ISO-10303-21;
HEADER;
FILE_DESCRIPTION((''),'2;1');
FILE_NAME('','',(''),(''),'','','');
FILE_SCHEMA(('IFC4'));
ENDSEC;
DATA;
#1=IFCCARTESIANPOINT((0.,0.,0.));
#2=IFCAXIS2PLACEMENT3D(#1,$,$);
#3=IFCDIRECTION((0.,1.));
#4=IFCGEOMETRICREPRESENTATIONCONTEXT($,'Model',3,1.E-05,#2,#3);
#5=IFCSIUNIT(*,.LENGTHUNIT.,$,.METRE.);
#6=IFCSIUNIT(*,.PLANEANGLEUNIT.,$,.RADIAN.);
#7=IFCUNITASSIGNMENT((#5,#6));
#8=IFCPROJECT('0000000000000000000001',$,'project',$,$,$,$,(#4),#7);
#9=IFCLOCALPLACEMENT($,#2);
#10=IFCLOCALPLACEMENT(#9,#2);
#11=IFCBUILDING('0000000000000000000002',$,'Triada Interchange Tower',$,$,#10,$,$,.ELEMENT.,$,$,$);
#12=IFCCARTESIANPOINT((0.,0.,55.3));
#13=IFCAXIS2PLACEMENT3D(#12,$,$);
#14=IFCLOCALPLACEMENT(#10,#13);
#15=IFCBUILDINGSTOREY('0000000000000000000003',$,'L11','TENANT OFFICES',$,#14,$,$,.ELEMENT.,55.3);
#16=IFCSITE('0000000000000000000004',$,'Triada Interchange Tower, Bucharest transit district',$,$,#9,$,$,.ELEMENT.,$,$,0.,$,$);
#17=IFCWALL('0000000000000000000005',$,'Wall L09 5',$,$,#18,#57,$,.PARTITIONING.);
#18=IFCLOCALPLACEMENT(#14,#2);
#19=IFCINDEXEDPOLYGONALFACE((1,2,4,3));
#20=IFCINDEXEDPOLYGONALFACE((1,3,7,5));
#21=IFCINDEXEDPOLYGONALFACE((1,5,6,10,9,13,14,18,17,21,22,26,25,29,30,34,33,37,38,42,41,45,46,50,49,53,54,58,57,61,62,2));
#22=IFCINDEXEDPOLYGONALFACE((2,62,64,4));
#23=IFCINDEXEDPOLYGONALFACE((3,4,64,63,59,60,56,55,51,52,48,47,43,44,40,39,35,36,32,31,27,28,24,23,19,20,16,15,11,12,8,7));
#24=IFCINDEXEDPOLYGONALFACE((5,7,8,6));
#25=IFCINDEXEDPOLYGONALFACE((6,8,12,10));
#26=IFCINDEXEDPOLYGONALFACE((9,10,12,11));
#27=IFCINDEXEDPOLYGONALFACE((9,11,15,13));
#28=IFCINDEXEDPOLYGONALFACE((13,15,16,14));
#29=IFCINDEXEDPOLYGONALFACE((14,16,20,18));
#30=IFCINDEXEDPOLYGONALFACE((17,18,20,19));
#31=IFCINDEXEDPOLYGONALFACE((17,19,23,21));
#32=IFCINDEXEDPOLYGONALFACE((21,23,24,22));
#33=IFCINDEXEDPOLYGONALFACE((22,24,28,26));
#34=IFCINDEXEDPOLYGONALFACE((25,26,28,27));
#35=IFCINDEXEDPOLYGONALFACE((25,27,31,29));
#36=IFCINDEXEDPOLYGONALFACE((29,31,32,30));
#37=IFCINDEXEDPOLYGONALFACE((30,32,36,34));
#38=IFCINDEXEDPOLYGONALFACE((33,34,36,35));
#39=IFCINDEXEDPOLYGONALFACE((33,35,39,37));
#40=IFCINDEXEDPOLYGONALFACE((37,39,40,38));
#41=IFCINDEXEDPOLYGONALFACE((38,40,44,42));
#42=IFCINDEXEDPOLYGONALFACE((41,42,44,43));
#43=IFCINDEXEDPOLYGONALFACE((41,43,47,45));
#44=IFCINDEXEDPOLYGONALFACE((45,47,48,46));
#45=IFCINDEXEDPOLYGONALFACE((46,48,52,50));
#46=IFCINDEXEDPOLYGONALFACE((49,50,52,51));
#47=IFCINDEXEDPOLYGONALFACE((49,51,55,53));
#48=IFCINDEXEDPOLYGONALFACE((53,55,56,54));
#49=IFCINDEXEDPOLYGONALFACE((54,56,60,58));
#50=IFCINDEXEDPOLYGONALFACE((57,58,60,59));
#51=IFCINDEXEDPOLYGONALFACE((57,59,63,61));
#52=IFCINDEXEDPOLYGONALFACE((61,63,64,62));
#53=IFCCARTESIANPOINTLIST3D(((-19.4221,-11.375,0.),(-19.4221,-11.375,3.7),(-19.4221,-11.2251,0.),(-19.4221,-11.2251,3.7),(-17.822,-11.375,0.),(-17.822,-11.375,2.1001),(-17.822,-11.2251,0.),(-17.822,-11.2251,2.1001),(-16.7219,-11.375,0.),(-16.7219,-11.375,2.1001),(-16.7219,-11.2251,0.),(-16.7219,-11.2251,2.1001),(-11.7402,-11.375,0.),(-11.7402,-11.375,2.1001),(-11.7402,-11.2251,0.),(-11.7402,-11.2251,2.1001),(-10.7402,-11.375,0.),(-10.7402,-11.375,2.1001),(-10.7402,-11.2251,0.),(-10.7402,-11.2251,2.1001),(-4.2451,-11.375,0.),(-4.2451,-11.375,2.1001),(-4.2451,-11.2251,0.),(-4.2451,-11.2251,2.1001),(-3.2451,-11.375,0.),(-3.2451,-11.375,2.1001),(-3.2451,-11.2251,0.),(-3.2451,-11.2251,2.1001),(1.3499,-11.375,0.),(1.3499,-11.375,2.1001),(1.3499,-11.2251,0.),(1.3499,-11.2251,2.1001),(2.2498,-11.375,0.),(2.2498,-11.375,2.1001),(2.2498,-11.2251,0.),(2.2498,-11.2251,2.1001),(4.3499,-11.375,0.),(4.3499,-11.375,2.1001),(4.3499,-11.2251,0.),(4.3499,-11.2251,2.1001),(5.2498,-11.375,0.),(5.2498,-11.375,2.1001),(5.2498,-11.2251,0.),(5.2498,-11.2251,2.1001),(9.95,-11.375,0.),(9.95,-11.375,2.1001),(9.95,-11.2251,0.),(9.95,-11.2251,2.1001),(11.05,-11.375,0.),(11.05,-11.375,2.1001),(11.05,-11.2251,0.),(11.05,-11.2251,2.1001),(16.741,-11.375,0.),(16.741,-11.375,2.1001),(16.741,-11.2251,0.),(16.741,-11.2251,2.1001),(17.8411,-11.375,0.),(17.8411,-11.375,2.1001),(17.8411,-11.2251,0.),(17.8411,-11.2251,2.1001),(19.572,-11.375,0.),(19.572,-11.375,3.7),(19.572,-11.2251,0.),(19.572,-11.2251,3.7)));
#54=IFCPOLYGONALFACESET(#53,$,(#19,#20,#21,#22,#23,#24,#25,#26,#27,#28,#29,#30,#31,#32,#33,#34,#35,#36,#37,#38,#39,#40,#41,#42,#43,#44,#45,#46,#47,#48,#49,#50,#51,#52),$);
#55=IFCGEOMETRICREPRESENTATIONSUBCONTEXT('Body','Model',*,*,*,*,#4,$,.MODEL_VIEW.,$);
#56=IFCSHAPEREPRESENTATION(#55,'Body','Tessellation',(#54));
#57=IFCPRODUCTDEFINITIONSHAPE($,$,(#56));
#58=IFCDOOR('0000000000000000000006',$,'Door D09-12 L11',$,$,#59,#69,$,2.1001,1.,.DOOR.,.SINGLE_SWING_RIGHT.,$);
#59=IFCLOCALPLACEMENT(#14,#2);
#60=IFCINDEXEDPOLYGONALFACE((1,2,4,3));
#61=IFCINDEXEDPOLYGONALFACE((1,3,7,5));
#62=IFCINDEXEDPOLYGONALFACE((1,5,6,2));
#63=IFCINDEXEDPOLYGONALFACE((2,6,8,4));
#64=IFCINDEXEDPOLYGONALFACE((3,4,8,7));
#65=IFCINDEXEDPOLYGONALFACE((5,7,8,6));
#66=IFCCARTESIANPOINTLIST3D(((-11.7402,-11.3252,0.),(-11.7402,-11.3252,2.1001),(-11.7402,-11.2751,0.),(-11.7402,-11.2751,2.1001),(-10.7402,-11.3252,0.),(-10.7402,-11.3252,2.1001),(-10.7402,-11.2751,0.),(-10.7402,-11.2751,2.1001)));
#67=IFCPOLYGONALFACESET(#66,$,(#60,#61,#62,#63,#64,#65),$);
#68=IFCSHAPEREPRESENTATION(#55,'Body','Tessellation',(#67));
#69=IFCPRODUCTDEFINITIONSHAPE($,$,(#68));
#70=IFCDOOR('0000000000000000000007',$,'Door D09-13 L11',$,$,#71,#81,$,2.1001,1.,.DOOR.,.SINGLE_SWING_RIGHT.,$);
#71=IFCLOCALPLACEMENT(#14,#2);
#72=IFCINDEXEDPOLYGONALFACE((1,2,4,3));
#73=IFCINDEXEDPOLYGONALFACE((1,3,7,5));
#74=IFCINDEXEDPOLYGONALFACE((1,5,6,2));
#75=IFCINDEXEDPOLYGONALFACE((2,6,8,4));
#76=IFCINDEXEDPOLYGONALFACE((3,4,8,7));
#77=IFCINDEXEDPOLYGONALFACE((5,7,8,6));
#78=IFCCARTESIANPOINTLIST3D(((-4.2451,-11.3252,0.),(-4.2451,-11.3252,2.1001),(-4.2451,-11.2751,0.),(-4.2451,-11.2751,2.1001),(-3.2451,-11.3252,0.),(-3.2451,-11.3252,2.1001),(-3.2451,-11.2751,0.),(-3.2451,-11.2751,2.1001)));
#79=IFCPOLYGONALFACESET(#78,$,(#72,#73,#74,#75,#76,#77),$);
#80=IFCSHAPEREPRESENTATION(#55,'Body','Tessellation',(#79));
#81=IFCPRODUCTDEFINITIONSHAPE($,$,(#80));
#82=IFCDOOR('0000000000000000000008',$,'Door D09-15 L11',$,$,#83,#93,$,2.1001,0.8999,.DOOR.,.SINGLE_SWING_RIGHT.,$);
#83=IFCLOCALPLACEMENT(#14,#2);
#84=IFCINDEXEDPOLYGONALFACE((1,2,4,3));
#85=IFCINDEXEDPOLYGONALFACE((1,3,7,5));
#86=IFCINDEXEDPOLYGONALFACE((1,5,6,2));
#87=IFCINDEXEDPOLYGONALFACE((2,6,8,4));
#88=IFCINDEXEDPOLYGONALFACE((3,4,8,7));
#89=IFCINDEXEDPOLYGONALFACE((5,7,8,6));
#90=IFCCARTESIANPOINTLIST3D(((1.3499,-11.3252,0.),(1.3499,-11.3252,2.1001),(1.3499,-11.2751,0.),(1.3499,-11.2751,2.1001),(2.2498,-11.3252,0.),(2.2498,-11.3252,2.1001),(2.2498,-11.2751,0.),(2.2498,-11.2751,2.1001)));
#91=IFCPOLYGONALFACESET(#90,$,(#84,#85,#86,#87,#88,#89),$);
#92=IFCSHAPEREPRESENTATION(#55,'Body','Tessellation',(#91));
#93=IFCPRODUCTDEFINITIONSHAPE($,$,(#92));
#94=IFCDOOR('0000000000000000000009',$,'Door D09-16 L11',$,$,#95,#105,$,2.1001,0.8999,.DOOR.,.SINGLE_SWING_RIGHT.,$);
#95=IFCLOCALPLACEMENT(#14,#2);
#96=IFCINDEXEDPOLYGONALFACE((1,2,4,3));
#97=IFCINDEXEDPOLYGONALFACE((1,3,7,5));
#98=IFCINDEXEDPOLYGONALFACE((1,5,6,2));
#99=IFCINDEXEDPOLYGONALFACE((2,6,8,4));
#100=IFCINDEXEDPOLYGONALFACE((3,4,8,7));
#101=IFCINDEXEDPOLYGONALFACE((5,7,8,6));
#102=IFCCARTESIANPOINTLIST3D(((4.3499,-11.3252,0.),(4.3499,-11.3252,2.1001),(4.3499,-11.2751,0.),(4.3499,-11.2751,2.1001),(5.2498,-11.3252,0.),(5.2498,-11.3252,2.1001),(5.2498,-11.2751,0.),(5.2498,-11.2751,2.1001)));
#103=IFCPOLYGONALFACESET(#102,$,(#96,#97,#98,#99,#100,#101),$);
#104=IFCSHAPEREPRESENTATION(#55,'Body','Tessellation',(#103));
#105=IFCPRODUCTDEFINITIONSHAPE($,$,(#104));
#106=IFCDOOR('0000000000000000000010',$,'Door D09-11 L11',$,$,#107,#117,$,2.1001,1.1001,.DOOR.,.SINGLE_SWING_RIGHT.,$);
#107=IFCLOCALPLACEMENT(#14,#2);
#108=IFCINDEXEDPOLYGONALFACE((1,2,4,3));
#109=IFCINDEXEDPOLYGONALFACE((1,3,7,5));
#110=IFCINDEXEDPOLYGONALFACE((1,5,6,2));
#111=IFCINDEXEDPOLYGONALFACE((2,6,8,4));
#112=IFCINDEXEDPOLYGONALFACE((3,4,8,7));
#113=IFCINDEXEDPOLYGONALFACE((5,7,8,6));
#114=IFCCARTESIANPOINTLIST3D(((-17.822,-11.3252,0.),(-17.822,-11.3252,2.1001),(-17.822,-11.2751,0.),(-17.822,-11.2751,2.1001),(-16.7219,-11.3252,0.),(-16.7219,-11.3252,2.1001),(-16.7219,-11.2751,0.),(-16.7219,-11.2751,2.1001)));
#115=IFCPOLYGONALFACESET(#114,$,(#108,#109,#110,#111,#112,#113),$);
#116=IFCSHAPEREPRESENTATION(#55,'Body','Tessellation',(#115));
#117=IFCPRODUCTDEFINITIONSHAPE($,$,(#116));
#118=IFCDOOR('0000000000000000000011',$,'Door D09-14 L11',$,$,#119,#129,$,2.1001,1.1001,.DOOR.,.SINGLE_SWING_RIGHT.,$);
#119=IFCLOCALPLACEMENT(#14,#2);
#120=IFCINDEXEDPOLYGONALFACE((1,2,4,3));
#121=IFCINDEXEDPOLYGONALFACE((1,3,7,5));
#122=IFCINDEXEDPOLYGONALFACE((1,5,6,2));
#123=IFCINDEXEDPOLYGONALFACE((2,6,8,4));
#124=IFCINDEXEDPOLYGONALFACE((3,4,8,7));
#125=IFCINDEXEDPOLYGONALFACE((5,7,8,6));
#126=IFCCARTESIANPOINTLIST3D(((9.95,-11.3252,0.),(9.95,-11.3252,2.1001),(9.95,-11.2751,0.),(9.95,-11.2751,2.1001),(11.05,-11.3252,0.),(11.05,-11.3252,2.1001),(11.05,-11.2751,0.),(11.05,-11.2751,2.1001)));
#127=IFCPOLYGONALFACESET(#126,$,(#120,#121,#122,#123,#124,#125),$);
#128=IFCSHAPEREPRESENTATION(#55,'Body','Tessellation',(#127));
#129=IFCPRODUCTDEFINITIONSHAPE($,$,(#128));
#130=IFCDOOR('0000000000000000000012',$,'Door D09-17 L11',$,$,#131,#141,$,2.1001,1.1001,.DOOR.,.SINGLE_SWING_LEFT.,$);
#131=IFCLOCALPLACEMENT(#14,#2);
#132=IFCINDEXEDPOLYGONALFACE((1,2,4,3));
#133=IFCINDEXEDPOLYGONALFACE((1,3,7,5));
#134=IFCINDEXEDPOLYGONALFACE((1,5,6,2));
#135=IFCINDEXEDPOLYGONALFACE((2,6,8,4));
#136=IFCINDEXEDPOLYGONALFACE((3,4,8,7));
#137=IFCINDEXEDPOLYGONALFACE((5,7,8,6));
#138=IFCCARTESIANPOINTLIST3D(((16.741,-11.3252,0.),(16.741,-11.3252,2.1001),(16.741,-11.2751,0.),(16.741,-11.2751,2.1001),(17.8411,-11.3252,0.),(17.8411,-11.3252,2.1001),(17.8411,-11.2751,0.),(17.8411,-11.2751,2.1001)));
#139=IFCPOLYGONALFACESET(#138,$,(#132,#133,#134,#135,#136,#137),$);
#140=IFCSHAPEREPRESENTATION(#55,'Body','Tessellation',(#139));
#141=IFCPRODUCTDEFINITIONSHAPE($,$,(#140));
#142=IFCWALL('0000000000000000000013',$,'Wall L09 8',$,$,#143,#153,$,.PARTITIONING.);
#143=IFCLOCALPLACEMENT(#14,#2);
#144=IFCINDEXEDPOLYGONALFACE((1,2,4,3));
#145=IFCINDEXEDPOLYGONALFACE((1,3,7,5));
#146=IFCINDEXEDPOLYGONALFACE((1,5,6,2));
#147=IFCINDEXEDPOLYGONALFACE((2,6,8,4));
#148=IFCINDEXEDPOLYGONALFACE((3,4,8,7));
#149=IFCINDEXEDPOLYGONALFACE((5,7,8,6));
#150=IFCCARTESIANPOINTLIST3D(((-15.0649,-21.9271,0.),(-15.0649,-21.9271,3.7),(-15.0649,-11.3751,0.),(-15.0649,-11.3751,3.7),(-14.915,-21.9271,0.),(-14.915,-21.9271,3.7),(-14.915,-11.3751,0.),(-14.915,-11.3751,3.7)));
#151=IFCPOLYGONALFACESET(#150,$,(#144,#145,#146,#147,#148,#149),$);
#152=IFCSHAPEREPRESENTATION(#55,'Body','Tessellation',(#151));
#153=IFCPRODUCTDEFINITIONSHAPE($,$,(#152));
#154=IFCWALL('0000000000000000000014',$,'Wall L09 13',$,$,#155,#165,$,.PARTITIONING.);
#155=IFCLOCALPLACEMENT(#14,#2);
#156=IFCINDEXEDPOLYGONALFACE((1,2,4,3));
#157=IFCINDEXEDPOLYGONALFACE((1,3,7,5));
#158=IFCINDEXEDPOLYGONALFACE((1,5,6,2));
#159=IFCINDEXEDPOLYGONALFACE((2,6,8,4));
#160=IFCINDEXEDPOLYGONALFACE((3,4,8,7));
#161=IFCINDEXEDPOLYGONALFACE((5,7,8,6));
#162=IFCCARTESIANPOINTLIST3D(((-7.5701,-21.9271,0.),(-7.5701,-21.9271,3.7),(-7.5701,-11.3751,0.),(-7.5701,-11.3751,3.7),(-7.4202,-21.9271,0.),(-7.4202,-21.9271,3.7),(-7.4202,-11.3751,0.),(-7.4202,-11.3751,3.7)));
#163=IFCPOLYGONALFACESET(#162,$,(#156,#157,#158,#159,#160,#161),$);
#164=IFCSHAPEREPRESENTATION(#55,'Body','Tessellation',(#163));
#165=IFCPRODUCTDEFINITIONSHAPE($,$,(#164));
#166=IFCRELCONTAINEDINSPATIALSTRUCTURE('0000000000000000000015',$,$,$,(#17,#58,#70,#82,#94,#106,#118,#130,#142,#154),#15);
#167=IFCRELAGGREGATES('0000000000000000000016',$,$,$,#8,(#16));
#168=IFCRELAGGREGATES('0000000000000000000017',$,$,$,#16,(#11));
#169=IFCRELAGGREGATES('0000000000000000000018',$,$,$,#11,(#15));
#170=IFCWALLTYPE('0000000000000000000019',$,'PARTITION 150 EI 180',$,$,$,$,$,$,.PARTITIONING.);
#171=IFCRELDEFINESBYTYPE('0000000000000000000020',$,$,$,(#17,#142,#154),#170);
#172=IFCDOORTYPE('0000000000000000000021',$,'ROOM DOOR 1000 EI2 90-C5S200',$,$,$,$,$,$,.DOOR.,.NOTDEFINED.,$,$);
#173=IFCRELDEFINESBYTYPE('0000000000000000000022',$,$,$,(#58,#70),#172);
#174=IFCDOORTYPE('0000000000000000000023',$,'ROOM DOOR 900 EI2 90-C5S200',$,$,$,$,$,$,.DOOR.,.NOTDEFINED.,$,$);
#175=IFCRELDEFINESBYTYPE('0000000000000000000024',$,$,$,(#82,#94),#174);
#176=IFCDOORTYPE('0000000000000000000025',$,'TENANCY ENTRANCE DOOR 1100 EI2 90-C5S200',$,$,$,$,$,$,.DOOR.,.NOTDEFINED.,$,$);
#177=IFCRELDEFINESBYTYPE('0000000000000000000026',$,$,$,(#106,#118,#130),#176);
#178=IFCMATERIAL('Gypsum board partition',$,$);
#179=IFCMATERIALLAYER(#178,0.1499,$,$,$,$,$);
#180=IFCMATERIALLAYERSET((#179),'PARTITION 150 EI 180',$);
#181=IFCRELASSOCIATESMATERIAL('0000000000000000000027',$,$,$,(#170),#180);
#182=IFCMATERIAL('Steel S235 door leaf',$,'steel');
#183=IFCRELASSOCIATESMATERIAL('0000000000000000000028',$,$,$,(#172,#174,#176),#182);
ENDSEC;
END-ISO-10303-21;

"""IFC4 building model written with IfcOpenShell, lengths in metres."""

from ifc_helpers import new_model, si_unit, direction, frame, frame_2d, origin, place, context, subcontext, project, spatial, rectangle, extrude, material, layer, layer_set, type_object, element, fill, save


model = new_model("IFC4")

# Units and contexts
model_context = context("Model", 3, precision=1e-05, world=origin(), true_north=direction((0.0, 1.0)))
body_context = subcontext(model_context, "Body", "Model", "MODEL_VIEW")
ifc_project = project(units=[si_unit("LENGTHUNIT", "METRE"), si_unit("PLANEANGLEUNIT", "RADIAN")], contexts=[model_context])

# Site, building, storey
site_placement = place(None, origin())
site = spatial("IfcSite", under=ifc_project, at=site_placement, Name="Triada Interchange Tower, Bucharest transit district", CompositionType="ELEMENT", RefElevation=0.0)
building_placement = place(site_placement, origin())
building = spatial("IfcBuilding", under=site, at=building_placement, Name="Triada Interchange Tower", CompositionType="ELEMENT")
storey_placement = place(building_placement, frame((0.0, 0.0, 55.3)))
storey = spatial("IfcBuildingStorey", under=building, at=storey_placement, Name="L11", Description="TENANT OFFICES", CompositionType="ELEMENT", Elevation=55.3)

# Wall, openings, doors
ifc_material_1 = material(Name="Steel S235 door leaf", Category="steel")
ifc_material_2 = material(Name="Gypsum board partition")
ifc_layer_1 = layer(ifc_material_2, 0.1499)
ifc_layer_set_1 = layer_set([ifc_layer_1], Name="PARTITION 150 EI 180")
wall_type_1 = type_object("IfcWallType", Name="PARTITION 150 EI 180", PredefinedType="PARTITIONING", material=ifc_layer_set_1)
wall_1_placement = place(storey_placement, frame((-19.4221, -11.3, 0.0), z_axis=(0.0, 0.0, 1.0), x_axis=(1.0, 0.0, 0.0)))
wall_1 = element("IfcWall", 1, at=wall_1_placement, inside=storey, type_object=wall_type_1, Name="Wall L09 5", PredefinedType="PARTITIONING", context=body_context, shape_type="SweptSolid", body=[
    extrude(rectangle(XDim=38.9941, YDim=0.1499, at=frame_2d((19.4971, 0.0))), origin(), (0.0, 0.0, 1.0), 3.7),
])
opening_1_placement = place(wall_1_placement, frame((1.6001, 0.0, 0.0)))
opening_1 = element("IfcOpeningElement", 2, at=opening_1_placement, cuts=wall_1, PredefinedType="OPENING", context=body_context, shape_type="SweptSolid", body=[
    extrude(rectangle(XDim=1.1001, YDim=2.1001, at=frame_2d((0.55, 1.05))), frame((0.0, 0.085, 0.0), z_axis=(0.0, -1.0, 0.0), x_axis=(1.0, 0.0, 0.0)), (0.0, 0.0, 1.0), 0.1699),
])
opening_2_placement = place(wall_1_placement, frame((7.6819, 0.0, 0.0)))
opening_2 = element("IfcOpeningElement", 3, at=opening_2_placement, cuts=wall_1, PredefinedType="OPENING", context=body_context, shape_type="SweptSolid", body=[
    extrude(rectangle(XDim=1.0, YDim=2.1001, at=frame_2d((0.5, 1.05))), frame((0.0, 0.085, 0.0), z_axis=(0.0, -1.0, 0.0), x_axis=(1.0, 0.0, 0.0)), (0.0, 0.0, 1.0), 0.1699),
])
opening_3_placement = place(wall_1_placement, frame((15.177, 0.0, 0.0)))
opening_3 = element("IfcOpeningElement", 4, at=opening_3_placement, cuts=wall_1, PredefinedType="OPENING", context=body_context, shape_type="SweptSolid", body=[
    extrude(rectangle(XDim=1.0, YDim=2.1001, at=frame_2d((0.5, 1.05))), frame((0.0, 0.085, 0.0), z_axis=(0.0, -1.0, 0.0), x_axis=(1.0, 0.0, 0.0)), (0.0, 0.0, 1.0), 0.1699),
])
opening_4_placement = place(wall_1_placement, frame((29.3721, 0.0, 0.0)))
opening_4 = element("IfcOpeningElement", 5, at=opening_4_placement, cuts=wall_1, PredefinedType="OPENING", context=body_context, shape_type="SweptSolid", body=[
    extrude(rectangle(XDim=1.1001, YDim=2.1001, at=frame_2d((0.55, 1.05))), frame((0.0, 0.085, 0.0), z_axis=(0.0, -1.0, 0.0), x_axis=(1.0, 0.0, 0.0)), (0.0, 0.0, 1.0), 0.1699),
])
opening_5_placement = place(wall_1_placement, frame((20.772, 0.0, 0.0)))
opening_5 = element("IfcOpeningElement", 6, at=opening_5_placement, cuts=wall_1, PredefinedType="OPENING", context=body_context, shape_type="SweptSolid", body=[
    extrude(rectangle(XDim=0.8999, YDim=2.1001, at=frame_2d((0.45, 1.05))), frame((0.0, 0.085, 0.0), z_axis=(0.0, -1.0, 0.0), x_axis=(1.0, 0.0, 0.0)), (0.0, 0.0, 1.0), 0.1699),
])
opening_6_placement = place(wall_1_placement, frame((23.772, 0.0, 0.0)))
opening_6 = element("IfcOpeningElement", 7, at=opening_6_placement, cuts=wall_1, PredefinedType="OPENING", context=body_context, shape_type="SweptSolid", body=[
    extrude(rectangle(XDim=0.8999, YDim=2.1001, at=frame_2d((0.45, 1.05))), frame((0.0, 0.085, 0.0), z_axis=(0.0, -1.0, 0.0), x_axis=(1.0, 0.0, 0.0)), (0.0, 0.0, 1.0), 0.1699),
])
opening_7_placement = place(wall_1_placement, frame((36.1631, 0.0, 0.0)))
opening_7 = element("IfcOpeningElement", 8, at=opening_7_placement, cuts=wall_1, PredefinedType="OPENING", context=body_context, shape_type="SweptSolid", body=[
    extrude(rectangle(XDim=1.1001, YDim=2.1001, at=frame_2d((0.55, 1.05))), frame((0.0, 0.085, 0.0), z_axis=(0.0, -1.0, 0.0), x_axis=(1.0, 0.0, 0.0)), (0.0, 0.0, 1.0), 0.1699),
])
door_type_1 = type_object("IfcDoorType", Name="ROOM DOOR 1000 EI2 90-C5S200", OperationType="NOTDEFINED", PredefinedType="DOOR", material=ifc_material_1)
door_1_placement = place(opening_2_placement, origin())
door_1 = element("IfcDoor", 9, at=door_1_placement, inside=storey, type_object=door_type_1, Name="Door D09-12 L11", OperationType="SINGLE_SWING_RIGHT", OverallHeight=2.1001, OverallWidth=1.0, PredefinedType="DOOR", context=body_context, shape_type="SweptSolid", body=[
    extrude(rectangle(XDim=1.0, YDim=2.1001, at=frame_2d((0.5, 1.05))), frame((0.0, 0.0249, 0.0), z_axis=(0.0, -1.0, 0.0), x_axis=(1.0, 0.0, 0.0)), (0.0, 0.0, 1.0), 0.05),
])
fill(opening_2, door_1)
door_2_placement = place(opening_3_placement, origin())
door_2 = element("IfcDoor", 10, at=door_2_placement, inside=storey, type_object=door_type_1, Name="Door D09-13 L11", OperationType="SINGLE_SWING_RIGHT", OverallHeight=2.1001, OverallWidth=1.0, PredefinedType="DOOR", context=body_context, shape_type="SweptSolid", body=[
    extrude(rectangle(XDim=1.0, YDim=2.1001, at=frame_2d((0.5, 1.05))), frame((0.0, 0.0249, 0.0), z_axis=(0.0, -1.0, 0.0), x_axis=(1.0, 0.0, 0.0)), (0.0, 0.0, 1.0), 0.05),
])
fill(opening_3, door_2)
door_type_2 = type_object("IfcDoorType", Name="ROOM DOOR 900 EI2 90-C5S200", OperationType="NOTDEFINED", PredefinedType="DOOR", material=ifc_material_1)
door_3_placement = place(opening_5_placement, origin())
door_3 = element("IfcDoor", 11, at=door_3_placement, inside=storey, type_object=door_type_2, Name="Door D09-15 L11", OperationType="SINGLE_SWING_RIGHT", OverallHeight=2.1001, OverallWidth=0.8999, PredefinedType="DOOR", context=body_context, shape_type="SweptSolid", body=[
    extrude(rectangle(XDim=0.8999, YDim=2.1001, at=frame_2d((0.45, 1.05))), frame((0.0, 0.0249, 0.0), z_axis=(0.0, -1.0, 0.0), x_axis=(1.0, 0.0, 0.0)), (0.0, 0.0, 1.0), 0.05),
])
fill(opening_5, door_3)
door_4_placement = place(opening_6_placement, origin())
door_4 = element("IfcDoor", 12, at=door_4_placement, inside=storey, type_object=door_type_2, Name="Door D09-16 L11", OperationType="SINGLE_SWING_RIGHT", OverallHeight=2.1001, OverallWidth=0.8999, PredefinedType="DOOR", context=body_context, shape_type="SweptSolid", body=[
    extrude(rectangle(XDim=0.8999, YDim=2.1001, at=frame_2d((0.45, 1.05))), frame((0.0, 0.0249, 0.0), z_axis=(0.0, -1.0, 0.0), x_axis=(1.0, 0.0, 0.0)), (0.0, 0.0, 1.0), 0.05),
])
fill(opening_6, door_4)
door_type_3 = type_object("IfcDoorType", Name="TENANCY ENTRANCE DOOR 1100 EI2 90-C5S200", OperationType="NOTDEFINED", PredefinedType="DOOR", material=ifc_material_1)
door_5_placement = place(opening_1_placement, origin())
door_5 = element("IfcDoor", 13, at=door_5_placement, inside=storey, type_object=door_type_3, Name="Door D09-11 L11", OperationType="SINGLE_SWING_RIGHT", OverallHeight=2.1001, OverallWidth=1.1001, PredefinedType="DOOR", context=body_context, shape_type="SweptSolid", body=[
    extrude(rectangle(XDim=1.1001, YDim=2.1001, at=frame_2d((0.55, 1.05))), frame((0.0, 0.0249, 0.0), z_axis=(0.0, -1.0, 0.0), x_axis=(1.0, 0.0, 0.0)), (0.0, 0.0, 1.0), 0.05),
])
fill(opening_1, door_5)
door_6_placement = place(opening_4_placement, origin())
door_6 = element("IfcDoor", 14, at=door_6_placement, inside=storey, type_object=door_type_3, Name="Door D09-14 L11", OperationType="SINGLE_SWING_RIGHT", OverallHeight=2.1001, OverallWidth=1.1001, PredefinedType="DOOR", context=body_context, shape_type="SweptSolid", body=[
    extrude(rectangle(XDim=1.1001, YDim=2.1001, at=frame_2d((0.55, 1.05))), frame((0.0, 0.0249, 0.0), z_axis=(0.0, -1.0, 0.0), x_axis=(1.0, 0.0, 0.0)), (0.0, 0.0, 1.0), 0.05),
])
fill(opening_4, door_6)
door_7_placement = place(opening_7_placement, origin())
door_7 = element("IfcDoor", 15, at=door_7_placement, inside=storey, type_object=door_type_3, Name="Door D09-17 L11", OperationType="SINGLE_SWING_LEFT", OverallHeight=2.1001, OverallWidth=1.1001, PredefinedType="DOOR", context=body_context, shape_type="SweptSolid", body=[
    extrude(rectangle(XDim=1.1001, YDim=2.1001, at=frame_2d((0.55, 1.05))), frame((0.0, 0.0249, 0.0), z_axis=(0.0, -1.0, 0.0), x_axis=(1.0, 0.0, 0.0)), (0.0, 0.0, 1.0), 0.05),
])
fill(opening_7, door_7)

# Walls
for number, where, z_axis, x_axis, name in (
    (16, (-14.99, -21.927, 0.0), (0.0, 0.0, 1.0), (0.0, 1.0, 0.0), "Wall L09 8"),
    (17, (-7.4951, -21.927, 0.0), (0.0, 0.0, 1.0), (0.0, 1.0, 0.0), "Wall L09 13"),
):
    element("IfcWall", number, at=place(storey_placement, frame(where, z_axis=z_axis, x_axis=x_axis)), inside=storey, type_object=wall_type_1, Name=name, PredefinedType="PARTITIONING", context=body_context, shape_type="SweptSolid", body=[
        extrude(rectangle(XDim=10.552, YDim=0.1499, at=frame_2d((5.2759, 0.0))), origin(), (0.0, 0.0, 1.0), 3.7),
    ])

save(model, "model.ifc")
